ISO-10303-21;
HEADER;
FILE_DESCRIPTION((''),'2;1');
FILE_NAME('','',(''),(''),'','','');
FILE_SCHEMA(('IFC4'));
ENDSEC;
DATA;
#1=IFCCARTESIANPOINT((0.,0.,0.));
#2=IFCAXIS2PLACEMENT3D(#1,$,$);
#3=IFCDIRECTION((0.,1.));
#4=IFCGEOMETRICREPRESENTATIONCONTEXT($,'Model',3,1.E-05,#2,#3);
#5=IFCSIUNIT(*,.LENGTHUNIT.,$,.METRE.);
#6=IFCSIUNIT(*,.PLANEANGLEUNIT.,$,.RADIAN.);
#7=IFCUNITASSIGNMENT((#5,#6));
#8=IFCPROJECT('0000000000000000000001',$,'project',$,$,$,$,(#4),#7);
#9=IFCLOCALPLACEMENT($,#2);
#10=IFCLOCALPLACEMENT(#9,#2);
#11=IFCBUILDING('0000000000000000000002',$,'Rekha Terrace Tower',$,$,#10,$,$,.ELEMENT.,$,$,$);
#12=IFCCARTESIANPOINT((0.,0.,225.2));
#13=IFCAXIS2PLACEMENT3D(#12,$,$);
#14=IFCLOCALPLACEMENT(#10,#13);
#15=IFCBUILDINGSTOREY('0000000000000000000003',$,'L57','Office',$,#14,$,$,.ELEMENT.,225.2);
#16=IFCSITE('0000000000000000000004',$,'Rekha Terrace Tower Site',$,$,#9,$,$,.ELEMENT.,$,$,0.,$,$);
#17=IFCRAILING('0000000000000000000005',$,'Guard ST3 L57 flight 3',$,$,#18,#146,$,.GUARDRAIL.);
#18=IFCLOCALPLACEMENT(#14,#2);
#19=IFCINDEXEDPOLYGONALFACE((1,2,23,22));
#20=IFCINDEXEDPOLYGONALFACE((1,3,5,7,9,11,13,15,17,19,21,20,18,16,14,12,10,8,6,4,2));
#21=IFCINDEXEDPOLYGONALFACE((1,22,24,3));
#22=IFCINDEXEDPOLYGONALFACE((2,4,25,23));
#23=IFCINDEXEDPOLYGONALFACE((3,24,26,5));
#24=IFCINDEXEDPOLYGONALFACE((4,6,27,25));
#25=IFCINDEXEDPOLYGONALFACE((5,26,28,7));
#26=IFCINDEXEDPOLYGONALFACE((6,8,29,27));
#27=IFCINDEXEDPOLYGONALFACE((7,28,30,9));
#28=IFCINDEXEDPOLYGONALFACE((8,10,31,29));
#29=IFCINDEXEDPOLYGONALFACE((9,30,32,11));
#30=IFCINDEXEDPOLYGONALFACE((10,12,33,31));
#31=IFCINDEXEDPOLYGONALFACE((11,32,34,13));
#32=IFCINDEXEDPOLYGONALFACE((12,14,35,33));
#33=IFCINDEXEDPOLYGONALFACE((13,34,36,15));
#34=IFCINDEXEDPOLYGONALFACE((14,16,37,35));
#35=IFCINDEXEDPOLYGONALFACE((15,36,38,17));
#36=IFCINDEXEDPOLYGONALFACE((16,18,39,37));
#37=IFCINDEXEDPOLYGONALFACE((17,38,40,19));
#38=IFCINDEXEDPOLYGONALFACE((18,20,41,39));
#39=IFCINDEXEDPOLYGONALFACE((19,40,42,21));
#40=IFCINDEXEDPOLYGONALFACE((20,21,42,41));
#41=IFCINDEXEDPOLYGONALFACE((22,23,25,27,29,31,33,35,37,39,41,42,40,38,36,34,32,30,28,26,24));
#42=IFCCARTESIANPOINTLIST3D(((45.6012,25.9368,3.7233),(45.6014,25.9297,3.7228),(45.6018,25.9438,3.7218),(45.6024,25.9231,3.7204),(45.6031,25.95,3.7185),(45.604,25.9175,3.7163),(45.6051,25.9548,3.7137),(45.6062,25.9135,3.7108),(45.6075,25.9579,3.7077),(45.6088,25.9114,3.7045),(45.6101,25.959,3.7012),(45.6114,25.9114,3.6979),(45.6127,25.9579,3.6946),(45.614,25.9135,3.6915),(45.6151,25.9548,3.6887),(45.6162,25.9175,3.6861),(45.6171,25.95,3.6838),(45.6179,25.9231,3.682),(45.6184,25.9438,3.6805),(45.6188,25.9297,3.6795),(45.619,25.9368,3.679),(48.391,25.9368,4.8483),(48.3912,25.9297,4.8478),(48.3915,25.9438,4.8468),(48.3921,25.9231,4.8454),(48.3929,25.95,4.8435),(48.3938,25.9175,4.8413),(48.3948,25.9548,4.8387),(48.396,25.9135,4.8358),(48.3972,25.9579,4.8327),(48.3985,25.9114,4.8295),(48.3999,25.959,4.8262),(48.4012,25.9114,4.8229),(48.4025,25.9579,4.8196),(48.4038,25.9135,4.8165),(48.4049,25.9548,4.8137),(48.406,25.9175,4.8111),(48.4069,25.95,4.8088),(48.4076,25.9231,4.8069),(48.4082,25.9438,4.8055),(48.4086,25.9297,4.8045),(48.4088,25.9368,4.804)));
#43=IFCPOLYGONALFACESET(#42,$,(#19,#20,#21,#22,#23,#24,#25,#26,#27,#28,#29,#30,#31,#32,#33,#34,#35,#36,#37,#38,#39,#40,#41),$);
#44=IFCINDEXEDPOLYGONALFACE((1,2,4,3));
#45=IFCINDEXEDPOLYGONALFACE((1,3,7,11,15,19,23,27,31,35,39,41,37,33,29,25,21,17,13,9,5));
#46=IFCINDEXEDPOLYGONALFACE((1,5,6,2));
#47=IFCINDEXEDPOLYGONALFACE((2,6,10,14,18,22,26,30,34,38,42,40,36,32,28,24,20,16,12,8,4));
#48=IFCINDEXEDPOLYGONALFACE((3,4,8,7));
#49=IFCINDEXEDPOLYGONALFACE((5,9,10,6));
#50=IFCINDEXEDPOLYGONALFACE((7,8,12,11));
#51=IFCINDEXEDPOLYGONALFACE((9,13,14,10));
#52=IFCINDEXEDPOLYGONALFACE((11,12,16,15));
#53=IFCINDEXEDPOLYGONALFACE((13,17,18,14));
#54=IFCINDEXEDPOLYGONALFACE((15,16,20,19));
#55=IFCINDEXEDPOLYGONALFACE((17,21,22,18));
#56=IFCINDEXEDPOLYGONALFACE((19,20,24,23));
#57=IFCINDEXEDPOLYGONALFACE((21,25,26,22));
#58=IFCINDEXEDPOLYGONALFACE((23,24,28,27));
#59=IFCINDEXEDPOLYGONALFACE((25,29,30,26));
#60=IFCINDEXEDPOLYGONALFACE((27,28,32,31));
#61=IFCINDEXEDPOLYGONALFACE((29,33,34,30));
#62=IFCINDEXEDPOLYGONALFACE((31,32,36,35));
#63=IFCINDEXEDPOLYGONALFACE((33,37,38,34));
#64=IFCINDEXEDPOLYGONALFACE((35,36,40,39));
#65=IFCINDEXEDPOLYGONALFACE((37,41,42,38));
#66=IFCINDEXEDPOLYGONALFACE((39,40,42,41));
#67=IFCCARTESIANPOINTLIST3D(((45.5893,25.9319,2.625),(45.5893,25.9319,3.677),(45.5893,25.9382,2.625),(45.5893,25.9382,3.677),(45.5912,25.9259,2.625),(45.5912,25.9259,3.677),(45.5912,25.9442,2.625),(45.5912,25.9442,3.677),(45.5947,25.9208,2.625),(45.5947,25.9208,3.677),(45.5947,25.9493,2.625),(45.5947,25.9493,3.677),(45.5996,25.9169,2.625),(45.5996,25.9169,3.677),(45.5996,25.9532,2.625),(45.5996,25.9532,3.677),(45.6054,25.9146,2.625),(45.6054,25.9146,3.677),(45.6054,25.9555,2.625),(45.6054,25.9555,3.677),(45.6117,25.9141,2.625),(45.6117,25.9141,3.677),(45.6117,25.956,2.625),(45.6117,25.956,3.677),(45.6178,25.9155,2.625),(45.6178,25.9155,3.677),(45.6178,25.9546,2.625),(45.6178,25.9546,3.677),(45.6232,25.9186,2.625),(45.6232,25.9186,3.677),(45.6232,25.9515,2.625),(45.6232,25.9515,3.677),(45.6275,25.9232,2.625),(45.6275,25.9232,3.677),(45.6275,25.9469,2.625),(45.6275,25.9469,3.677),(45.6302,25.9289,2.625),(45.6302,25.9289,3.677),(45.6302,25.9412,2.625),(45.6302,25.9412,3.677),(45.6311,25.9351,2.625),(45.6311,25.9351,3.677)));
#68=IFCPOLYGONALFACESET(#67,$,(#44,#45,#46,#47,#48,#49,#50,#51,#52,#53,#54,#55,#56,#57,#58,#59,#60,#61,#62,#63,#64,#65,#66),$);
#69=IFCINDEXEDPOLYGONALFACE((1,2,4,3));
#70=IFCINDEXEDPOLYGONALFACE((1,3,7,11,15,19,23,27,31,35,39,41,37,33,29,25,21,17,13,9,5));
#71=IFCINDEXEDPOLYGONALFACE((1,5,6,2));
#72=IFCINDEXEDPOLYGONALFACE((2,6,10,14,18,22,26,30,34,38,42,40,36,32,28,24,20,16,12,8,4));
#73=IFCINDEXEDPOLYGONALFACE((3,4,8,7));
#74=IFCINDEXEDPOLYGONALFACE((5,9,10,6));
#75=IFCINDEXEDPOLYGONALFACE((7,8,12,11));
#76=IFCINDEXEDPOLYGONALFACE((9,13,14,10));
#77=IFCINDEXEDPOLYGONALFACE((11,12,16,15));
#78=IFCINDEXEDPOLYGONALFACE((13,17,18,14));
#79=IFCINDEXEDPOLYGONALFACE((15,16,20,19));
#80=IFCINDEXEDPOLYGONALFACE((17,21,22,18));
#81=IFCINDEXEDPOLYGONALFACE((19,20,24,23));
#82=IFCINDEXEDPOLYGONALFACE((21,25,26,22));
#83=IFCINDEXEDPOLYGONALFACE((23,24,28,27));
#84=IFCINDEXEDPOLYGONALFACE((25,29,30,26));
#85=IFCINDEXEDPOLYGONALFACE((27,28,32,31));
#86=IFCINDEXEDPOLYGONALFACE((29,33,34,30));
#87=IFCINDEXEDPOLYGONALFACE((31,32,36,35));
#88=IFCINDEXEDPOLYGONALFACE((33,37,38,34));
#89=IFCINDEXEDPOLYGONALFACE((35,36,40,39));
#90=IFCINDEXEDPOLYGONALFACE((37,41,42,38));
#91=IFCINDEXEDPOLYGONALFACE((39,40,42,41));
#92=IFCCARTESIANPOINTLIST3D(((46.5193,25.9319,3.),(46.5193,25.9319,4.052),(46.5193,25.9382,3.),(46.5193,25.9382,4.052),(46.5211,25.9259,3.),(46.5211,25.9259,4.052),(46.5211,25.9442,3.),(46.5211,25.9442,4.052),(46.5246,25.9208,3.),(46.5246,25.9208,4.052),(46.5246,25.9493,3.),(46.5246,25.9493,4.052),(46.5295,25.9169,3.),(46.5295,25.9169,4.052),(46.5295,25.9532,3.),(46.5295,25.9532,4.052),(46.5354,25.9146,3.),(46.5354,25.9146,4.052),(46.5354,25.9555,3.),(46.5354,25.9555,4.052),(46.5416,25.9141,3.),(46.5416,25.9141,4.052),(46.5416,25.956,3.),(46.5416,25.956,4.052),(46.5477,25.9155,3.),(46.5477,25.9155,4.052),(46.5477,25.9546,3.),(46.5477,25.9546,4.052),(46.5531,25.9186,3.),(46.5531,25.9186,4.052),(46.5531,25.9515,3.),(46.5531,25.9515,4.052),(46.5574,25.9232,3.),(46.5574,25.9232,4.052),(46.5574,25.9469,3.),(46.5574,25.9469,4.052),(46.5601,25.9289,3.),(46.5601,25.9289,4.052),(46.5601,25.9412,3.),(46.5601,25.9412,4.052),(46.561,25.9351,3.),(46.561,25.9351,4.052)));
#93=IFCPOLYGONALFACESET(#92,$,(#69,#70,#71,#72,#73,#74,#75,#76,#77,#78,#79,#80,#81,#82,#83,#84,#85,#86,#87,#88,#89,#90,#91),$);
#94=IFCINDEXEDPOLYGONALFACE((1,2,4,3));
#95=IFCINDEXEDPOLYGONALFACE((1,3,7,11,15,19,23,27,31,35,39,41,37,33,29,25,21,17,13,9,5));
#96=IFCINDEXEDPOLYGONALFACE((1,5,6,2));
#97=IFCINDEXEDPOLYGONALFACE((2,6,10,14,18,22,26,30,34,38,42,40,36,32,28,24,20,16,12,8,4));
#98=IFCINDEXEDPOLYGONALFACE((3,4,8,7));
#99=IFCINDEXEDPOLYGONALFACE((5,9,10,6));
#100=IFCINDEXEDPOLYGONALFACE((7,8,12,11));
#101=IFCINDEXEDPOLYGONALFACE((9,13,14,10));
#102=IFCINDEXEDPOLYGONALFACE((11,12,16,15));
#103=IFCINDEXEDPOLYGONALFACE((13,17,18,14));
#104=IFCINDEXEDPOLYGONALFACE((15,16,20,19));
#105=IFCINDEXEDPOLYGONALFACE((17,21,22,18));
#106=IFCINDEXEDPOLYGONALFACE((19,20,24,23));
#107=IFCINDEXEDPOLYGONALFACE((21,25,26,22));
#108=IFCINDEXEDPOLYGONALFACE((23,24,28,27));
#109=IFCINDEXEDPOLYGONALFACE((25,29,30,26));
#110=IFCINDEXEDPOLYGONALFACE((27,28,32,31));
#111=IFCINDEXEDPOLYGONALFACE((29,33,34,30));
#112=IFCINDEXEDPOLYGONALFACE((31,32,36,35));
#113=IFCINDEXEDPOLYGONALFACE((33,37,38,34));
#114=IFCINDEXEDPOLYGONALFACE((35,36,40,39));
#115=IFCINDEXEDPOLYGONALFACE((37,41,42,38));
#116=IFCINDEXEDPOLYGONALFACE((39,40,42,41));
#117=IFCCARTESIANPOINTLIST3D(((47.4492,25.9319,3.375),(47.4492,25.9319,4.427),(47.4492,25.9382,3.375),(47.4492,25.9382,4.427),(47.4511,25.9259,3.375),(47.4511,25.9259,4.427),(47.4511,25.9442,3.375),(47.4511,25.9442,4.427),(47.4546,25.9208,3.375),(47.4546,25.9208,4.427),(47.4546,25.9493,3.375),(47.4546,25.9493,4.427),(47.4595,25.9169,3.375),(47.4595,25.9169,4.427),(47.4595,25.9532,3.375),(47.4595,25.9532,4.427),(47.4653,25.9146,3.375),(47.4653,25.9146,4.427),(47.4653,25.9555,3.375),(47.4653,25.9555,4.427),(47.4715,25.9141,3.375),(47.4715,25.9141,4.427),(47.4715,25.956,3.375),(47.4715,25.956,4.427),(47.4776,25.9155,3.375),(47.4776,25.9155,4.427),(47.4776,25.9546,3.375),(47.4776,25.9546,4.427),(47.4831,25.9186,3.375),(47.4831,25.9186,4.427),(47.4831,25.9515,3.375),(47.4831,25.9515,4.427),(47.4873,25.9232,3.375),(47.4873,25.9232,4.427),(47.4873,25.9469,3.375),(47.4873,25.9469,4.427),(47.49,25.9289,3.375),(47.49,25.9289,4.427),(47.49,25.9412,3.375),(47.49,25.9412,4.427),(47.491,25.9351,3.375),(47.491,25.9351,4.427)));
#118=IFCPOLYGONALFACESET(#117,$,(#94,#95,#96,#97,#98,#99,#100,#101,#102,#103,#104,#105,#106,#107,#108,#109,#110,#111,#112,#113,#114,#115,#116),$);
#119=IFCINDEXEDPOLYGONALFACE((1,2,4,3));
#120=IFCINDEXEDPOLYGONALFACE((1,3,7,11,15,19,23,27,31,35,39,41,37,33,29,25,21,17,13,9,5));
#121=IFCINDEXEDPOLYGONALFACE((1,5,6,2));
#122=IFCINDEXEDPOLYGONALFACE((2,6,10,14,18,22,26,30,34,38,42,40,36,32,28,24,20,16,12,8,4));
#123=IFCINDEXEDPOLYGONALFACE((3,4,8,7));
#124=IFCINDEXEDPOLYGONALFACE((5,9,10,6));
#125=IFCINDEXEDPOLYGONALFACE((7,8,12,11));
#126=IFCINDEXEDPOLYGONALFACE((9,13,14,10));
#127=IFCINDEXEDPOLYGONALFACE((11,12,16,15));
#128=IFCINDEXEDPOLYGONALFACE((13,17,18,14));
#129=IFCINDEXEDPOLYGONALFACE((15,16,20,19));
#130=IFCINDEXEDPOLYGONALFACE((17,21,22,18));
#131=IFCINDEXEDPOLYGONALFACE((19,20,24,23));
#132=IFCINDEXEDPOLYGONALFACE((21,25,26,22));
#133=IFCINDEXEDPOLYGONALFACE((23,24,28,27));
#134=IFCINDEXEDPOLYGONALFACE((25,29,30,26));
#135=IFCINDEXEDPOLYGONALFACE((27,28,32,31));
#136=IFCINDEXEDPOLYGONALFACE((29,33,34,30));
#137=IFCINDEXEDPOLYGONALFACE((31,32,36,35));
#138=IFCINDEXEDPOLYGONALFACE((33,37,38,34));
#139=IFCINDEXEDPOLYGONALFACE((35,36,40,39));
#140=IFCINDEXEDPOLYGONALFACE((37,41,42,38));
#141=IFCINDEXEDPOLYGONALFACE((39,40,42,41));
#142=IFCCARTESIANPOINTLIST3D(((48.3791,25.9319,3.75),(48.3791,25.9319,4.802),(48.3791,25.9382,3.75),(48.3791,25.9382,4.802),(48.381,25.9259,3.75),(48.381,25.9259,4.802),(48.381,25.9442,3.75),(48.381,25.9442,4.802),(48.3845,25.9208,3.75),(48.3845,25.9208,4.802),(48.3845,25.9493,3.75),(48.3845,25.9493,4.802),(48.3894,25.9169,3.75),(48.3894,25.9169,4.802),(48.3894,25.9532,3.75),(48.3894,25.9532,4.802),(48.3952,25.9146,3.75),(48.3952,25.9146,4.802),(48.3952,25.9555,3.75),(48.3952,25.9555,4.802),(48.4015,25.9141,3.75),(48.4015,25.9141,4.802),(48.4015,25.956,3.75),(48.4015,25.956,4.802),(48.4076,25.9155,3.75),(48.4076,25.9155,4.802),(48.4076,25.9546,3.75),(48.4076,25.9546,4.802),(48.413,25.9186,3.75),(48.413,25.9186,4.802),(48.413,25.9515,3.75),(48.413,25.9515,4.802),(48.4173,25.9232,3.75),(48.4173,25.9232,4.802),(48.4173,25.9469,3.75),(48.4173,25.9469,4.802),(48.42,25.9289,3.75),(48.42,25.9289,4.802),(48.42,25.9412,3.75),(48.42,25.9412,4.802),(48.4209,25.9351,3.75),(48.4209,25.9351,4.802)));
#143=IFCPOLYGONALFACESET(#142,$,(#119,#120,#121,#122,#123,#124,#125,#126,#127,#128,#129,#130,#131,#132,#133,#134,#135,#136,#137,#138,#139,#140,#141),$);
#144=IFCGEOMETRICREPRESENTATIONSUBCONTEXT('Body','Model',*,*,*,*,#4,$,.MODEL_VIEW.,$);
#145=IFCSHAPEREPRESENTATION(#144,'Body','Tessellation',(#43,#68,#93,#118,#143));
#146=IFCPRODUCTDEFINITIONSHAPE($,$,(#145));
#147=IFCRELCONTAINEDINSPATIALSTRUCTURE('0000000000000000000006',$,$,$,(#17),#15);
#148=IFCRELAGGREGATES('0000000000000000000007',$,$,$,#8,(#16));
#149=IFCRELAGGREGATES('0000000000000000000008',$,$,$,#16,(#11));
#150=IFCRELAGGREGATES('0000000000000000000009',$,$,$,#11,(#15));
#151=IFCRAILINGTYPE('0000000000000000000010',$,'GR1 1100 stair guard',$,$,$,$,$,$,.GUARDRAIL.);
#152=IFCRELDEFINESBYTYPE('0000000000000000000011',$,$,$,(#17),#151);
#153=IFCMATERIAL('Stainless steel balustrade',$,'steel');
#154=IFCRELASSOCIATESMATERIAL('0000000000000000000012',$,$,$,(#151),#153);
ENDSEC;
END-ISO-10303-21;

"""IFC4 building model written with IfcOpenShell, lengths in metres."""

from ifc_helpers import new_model, si_unit, direction, frame, origin, origin_2d, place, context, subcontext, project, spatial, circle, extrude, material, type_object, element, save


model = new_model("IFC4")

# Units and contexts
model_context = context("Model", 3, precision=1e-05, world=origin(), true_north=direction((0.0, 1.0)))
body_context = subcontext(model_context, "Body", "Model", "MODEL_VIEW")
ifc_project = project(units=[si_unit("LENGTHUNIT", "METRE"), si_unit("PLANEANGLEUNIT", "RADIAN")], contexts=[model_context])

# Site, building, storey
site_placement = place(None, origin())
site = spatial("IfcSite", under=ifc_project, at=site_placement, Name="Rekha Terrace Tower Site", CompositionType="ELEMENT", RefElevation=0.0)
building_placement = place(site_placement, origin())
building = spatial("IfcBuilding", under=site, at=building_placement, Name="Rekha Terrace Tower", CompositionType="ELEMENT")
storey_placement = place(building_placement, frame((0.0, 0.0, 225.2)))
storey = spatial("IfcBuildingStorey", under=building, at=storey_placement, Name="L57", Description="Office", CompositionType="ELEMENT", Elevation=225.2)

# Railing
ifc_material_1 = material(Name="Stainless steel balustrade", Category="steel")
railing_type_1 = type_object("IfcRailingType", Name="GR1 1100 stair guard", PredefinedType="GUARDRAIL", material=ifc_material_1)
railing_1_placement = place(storey_placement, frame((45.6101, 25.9351, 2.625)))
element("IfcRailing", 1, at=railing_1_placement, inside=storey, type_object=railing_type_1, Name="Guard ST3 L57 flight 3", PredefinedType="GUARDRAIL", context=body_context, shape_type="SweptSolid", body=[
    extrude(circle(Radius=0.0239, at=origin_2d()), frame((0.0, 0.0, 1.0762), z_axis=(0.927432, 0.0, 0.373992), x_axis=(0.0, 1.0, 0.0)), (0.0, 0.0, 1.0), 3.0081),
    extrude(circle(Radius=0.021, at=origin_2d()), origin(), (0.0, 0.0, 1.0), 1.052),
    extrude(circle(Radius=0.021, at=origin_2d()), frame((0.9299, 0.0, 0.375)), (0.0, 0.0, 1.0), 1.052),
    extrude(circle(Radius=0.021, at=origin_2d()), frame((1.8599, 0.0, 0.75)), (0.0, 0.0, 1.0), 1.052),
    extrude(circle(Radius=0.021, at=origin_2d()), frame((2.7898, 0.0, 1.125)), (0.0, 0.0, 1.0), 1.052),
])

save(model, "model.ifc")
